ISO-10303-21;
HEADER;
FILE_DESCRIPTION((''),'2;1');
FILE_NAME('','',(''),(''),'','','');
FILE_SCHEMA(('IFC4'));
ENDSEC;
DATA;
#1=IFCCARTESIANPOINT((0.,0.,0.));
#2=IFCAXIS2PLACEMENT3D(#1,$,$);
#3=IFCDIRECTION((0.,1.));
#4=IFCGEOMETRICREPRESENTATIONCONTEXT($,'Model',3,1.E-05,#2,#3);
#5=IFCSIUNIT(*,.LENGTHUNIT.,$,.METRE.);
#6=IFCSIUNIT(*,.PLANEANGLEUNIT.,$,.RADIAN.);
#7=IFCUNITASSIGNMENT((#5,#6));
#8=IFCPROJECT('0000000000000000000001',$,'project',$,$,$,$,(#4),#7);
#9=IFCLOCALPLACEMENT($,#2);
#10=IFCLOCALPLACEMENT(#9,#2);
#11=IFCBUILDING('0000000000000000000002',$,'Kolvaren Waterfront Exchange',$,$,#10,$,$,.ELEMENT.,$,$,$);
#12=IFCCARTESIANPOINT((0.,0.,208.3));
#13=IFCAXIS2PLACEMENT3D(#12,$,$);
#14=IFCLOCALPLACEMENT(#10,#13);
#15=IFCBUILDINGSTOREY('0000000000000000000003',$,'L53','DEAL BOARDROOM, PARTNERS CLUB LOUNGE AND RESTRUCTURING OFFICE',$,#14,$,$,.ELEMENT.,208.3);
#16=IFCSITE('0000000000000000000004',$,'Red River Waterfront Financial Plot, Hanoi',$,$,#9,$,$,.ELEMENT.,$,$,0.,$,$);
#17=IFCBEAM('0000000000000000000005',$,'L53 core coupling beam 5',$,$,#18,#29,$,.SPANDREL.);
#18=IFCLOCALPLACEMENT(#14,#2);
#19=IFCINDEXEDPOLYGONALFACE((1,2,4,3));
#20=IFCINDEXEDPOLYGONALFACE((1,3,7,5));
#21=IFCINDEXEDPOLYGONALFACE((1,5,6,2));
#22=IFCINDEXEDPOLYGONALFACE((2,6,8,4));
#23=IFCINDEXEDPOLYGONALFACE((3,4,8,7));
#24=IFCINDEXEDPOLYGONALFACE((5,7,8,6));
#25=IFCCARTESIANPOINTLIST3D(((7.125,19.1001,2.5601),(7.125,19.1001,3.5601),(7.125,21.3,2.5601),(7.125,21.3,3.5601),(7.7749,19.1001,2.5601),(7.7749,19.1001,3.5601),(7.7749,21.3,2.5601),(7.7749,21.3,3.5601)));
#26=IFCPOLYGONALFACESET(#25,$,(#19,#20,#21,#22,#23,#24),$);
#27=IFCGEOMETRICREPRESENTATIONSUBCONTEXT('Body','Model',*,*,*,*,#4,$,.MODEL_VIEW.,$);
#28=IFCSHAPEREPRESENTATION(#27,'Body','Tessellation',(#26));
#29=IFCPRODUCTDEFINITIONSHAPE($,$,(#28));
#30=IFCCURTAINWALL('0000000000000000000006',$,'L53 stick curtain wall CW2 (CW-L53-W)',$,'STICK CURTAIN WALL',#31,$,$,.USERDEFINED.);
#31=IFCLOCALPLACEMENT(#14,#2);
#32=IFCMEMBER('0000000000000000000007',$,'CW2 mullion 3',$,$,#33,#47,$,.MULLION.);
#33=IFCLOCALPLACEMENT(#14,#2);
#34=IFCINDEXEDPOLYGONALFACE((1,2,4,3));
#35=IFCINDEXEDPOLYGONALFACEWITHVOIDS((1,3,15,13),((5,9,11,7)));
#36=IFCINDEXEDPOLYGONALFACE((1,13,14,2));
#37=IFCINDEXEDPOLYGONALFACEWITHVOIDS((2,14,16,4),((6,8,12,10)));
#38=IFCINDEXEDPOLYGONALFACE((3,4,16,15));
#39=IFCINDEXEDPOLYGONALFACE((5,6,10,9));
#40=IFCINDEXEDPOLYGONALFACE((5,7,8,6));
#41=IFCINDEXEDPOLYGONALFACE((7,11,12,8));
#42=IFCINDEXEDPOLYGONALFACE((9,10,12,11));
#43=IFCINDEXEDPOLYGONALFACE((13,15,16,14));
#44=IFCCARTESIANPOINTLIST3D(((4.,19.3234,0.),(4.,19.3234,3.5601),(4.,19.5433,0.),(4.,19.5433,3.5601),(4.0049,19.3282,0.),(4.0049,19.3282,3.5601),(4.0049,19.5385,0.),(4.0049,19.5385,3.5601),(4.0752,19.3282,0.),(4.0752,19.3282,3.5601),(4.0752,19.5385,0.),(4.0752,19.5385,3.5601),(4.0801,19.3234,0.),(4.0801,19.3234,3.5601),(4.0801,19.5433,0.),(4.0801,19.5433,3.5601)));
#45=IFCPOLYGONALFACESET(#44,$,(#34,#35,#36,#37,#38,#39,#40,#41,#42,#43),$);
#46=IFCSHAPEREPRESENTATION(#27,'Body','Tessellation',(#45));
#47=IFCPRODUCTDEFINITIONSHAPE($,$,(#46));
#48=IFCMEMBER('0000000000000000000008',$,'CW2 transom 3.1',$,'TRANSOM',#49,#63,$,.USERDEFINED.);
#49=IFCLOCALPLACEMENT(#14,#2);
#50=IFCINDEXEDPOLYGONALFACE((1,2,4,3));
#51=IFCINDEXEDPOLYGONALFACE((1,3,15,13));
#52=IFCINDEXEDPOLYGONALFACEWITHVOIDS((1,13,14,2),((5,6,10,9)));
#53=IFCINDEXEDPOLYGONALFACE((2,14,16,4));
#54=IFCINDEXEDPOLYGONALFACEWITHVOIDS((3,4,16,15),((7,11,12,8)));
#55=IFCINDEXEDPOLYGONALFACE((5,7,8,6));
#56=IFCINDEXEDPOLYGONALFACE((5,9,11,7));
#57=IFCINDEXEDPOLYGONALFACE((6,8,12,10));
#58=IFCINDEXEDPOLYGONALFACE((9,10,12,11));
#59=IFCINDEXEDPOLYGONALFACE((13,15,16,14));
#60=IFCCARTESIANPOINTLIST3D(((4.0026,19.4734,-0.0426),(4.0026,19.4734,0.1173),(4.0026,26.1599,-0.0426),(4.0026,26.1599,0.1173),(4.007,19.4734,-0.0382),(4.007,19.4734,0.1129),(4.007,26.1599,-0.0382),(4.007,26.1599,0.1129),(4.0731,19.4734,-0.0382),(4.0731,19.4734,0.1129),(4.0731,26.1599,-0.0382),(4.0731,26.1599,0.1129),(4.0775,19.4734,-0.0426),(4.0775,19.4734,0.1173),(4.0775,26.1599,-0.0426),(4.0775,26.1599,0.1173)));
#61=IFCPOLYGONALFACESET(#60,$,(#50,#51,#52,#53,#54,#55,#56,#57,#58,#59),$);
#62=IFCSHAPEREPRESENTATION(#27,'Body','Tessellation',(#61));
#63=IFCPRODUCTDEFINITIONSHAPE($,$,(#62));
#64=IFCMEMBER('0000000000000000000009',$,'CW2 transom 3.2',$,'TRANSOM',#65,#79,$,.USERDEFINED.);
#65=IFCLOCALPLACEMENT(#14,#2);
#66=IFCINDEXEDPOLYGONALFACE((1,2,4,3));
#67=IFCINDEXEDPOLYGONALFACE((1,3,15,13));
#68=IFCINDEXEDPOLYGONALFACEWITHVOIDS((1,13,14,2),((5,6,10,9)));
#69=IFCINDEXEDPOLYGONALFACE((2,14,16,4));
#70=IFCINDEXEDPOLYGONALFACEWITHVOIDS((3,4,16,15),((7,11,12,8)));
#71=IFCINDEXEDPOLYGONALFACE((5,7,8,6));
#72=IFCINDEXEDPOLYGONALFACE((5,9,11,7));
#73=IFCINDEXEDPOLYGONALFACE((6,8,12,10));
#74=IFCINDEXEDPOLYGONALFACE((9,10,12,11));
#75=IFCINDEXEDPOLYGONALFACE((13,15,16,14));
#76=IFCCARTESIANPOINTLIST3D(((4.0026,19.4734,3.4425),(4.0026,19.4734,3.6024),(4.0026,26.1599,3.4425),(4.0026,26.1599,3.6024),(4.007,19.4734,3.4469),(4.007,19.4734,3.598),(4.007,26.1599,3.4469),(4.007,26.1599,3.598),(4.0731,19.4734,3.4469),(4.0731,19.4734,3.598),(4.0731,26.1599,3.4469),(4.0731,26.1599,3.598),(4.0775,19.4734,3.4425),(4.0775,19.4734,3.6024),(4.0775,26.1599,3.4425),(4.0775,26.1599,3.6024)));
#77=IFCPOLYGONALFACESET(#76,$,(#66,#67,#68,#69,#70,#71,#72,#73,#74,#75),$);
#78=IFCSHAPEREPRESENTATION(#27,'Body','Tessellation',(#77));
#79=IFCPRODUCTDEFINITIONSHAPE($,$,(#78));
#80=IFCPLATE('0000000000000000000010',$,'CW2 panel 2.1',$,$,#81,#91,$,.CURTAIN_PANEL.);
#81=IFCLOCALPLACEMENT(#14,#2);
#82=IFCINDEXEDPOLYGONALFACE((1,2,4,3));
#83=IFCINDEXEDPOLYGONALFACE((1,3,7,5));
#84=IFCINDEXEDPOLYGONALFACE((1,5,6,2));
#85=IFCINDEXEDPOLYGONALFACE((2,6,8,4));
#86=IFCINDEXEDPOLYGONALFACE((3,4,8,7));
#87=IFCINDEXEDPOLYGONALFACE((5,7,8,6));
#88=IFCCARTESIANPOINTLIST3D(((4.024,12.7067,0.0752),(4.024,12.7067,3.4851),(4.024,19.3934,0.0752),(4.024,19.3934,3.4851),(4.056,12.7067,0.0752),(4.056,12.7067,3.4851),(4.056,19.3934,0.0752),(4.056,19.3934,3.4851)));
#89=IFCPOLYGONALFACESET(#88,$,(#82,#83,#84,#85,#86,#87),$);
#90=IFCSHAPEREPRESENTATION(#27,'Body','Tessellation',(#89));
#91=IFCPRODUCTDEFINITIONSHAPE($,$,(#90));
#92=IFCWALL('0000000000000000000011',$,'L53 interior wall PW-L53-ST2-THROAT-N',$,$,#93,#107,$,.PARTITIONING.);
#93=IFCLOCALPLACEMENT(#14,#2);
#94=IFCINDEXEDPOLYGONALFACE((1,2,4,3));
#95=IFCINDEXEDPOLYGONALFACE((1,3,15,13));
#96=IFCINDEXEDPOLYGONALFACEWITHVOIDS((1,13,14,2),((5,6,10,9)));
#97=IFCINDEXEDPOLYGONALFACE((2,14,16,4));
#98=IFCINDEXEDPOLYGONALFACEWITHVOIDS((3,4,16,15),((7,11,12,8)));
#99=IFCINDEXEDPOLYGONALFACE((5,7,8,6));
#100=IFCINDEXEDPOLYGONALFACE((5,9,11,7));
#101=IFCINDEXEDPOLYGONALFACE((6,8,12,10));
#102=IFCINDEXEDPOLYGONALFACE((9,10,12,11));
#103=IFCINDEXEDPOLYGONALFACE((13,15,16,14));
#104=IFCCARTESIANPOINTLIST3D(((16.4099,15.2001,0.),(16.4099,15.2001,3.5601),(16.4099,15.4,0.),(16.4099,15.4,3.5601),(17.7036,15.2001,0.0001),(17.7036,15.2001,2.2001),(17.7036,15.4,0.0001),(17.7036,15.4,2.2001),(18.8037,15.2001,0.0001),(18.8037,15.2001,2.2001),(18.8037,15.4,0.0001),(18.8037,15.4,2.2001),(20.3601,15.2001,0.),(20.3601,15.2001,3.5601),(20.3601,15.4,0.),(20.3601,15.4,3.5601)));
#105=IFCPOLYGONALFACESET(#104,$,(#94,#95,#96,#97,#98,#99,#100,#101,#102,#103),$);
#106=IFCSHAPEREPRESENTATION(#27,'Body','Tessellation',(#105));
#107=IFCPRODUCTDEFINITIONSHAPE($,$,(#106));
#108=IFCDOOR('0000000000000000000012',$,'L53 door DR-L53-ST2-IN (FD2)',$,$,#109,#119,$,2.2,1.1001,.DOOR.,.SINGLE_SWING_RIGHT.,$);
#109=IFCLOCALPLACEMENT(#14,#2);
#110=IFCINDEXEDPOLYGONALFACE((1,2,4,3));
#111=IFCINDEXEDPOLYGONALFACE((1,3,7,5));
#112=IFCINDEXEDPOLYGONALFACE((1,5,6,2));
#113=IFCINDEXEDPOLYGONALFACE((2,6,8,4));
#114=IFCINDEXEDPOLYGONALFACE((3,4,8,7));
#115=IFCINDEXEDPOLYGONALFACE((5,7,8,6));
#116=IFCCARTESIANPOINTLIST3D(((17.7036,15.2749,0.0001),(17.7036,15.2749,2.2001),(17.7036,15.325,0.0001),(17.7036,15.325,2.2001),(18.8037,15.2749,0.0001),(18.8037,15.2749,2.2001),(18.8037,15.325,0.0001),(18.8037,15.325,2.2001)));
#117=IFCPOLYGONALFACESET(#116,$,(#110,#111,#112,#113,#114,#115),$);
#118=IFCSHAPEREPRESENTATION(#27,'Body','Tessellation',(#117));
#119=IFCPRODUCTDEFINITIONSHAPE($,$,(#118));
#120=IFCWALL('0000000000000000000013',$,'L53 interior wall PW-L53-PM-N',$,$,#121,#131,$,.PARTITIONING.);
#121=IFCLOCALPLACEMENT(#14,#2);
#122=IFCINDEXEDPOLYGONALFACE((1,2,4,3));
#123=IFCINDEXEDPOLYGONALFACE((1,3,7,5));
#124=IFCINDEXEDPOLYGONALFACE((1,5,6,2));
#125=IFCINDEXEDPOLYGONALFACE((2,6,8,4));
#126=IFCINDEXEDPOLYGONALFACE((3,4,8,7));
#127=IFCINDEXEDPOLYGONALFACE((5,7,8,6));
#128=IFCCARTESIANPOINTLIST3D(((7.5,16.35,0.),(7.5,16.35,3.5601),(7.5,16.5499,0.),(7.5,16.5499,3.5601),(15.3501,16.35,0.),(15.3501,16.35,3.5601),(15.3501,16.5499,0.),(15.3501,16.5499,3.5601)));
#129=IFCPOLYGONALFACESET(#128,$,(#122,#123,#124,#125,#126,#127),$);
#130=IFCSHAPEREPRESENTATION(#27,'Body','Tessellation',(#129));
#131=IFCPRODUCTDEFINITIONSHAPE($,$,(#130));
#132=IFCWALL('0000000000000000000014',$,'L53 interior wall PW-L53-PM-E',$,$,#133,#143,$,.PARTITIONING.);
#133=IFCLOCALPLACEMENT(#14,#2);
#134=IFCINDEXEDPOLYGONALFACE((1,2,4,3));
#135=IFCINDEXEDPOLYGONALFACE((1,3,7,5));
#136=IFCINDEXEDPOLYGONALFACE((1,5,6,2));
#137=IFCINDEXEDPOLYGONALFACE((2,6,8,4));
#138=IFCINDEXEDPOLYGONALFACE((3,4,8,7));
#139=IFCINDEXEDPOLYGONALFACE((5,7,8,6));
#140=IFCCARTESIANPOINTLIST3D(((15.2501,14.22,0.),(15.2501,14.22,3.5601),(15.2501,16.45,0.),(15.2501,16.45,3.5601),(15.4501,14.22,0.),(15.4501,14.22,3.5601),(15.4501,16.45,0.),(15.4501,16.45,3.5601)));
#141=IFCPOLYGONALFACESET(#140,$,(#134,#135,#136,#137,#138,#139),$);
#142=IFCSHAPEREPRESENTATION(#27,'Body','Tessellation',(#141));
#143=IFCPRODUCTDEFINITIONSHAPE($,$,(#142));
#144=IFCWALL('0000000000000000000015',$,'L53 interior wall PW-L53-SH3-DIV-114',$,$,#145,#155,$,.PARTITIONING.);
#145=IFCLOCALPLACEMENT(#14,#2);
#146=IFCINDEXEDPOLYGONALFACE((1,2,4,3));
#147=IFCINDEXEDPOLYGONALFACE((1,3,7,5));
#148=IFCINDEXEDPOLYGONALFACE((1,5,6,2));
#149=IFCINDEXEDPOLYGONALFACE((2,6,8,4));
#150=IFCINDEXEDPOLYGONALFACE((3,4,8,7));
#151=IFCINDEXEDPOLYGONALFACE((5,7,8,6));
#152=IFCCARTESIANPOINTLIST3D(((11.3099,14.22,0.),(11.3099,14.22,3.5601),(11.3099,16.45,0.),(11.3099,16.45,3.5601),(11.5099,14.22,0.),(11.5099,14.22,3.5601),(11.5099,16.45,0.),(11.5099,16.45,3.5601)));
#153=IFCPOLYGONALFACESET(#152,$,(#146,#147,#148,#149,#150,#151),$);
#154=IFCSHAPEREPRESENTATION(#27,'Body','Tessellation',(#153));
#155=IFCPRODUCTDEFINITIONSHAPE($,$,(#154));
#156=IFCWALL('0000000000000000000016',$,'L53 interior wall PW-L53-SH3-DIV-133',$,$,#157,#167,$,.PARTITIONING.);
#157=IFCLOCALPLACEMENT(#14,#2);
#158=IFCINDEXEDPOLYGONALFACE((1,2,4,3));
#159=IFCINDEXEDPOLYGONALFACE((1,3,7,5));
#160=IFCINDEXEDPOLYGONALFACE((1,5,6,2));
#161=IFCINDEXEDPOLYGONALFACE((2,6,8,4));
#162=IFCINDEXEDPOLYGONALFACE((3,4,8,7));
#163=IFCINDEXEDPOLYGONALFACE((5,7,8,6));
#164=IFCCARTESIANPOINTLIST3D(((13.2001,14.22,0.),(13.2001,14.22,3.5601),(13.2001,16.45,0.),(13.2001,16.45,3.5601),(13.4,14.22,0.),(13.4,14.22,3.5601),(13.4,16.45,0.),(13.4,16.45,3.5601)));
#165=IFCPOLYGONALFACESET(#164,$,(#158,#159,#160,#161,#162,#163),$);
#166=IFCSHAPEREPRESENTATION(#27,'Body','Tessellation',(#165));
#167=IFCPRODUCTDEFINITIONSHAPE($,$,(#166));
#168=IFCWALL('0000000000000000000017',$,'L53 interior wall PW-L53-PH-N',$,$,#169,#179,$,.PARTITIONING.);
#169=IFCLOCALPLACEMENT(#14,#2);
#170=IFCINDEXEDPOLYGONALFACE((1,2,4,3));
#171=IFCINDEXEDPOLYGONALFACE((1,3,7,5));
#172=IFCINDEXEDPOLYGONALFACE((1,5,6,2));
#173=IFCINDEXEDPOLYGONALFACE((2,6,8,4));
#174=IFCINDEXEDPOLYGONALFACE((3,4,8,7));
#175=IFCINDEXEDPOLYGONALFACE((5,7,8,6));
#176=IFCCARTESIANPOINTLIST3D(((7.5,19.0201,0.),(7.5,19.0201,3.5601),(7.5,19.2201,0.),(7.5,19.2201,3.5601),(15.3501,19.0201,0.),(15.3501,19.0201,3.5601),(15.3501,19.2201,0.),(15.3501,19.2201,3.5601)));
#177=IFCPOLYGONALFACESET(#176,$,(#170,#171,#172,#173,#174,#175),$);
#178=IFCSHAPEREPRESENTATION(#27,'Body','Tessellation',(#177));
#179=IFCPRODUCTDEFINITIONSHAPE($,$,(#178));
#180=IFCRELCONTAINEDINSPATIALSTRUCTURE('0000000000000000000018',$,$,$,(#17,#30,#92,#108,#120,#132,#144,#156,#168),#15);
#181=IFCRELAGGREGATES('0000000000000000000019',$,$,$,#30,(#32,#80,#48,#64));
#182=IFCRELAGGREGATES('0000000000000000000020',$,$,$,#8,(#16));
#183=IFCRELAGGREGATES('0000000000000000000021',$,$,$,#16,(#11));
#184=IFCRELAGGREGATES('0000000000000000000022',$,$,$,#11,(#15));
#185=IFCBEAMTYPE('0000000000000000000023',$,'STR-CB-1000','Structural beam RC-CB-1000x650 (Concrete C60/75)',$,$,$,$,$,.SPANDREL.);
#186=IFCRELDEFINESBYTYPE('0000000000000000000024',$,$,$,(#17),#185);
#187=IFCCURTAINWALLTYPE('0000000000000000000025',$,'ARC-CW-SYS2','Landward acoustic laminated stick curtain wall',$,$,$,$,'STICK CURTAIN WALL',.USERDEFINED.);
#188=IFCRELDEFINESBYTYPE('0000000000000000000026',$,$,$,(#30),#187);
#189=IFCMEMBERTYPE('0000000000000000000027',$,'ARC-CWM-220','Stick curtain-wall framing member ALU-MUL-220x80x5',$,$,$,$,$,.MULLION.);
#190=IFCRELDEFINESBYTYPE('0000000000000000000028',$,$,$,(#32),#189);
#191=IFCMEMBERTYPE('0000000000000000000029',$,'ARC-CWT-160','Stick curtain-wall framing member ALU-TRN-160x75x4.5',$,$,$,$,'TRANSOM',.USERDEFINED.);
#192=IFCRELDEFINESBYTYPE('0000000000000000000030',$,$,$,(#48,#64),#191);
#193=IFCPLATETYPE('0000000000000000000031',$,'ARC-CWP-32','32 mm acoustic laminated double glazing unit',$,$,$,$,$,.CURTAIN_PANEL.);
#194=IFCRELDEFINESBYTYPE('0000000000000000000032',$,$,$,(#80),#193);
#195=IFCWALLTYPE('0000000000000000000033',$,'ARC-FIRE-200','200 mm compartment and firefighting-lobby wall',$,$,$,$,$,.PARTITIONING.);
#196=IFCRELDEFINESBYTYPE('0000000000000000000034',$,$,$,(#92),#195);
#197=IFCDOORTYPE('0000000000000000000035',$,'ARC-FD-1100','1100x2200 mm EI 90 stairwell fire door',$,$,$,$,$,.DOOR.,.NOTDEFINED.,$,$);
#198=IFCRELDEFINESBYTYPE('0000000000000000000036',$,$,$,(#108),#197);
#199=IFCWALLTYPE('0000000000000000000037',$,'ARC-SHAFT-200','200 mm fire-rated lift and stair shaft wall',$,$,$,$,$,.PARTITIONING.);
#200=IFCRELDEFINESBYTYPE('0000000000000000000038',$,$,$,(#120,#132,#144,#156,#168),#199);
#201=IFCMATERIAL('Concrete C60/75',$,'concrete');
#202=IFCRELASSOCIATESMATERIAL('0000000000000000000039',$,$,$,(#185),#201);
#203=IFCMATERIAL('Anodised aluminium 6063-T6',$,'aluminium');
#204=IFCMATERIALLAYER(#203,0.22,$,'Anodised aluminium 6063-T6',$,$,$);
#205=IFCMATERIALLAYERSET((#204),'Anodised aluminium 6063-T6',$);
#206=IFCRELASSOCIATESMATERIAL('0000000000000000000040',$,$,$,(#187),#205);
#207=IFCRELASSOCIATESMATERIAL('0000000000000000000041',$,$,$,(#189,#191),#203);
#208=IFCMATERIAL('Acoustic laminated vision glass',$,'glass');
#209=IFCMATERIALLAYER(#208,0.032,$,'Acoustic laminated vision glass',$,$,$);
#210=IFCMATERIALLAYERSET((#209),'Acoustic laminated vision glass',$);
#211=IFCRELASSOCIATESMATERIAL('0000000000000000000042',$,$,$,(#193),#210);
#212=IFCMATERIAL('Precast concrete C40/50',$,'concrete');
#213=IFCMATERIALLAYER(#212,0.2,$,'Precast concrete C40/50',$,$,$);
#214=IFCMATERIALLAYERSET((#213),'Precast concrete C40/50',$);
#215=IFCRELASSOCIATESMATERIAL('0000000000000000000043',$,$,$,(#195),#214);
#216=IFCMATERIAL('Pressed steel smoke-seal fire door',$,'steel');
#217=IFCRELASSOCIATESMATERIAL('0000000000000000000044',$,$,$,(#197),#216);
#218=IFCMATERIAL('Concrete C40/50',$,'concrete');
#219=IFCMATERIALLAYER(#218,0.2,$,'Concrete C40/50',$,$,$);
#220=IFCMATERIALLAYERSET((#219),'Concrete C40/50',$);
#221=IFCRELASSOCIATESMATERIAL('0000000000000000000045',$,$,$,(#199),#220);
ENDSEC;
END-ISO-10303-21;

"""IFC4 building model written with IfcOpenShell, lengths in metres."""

from ifc_helpers import new_model, si_unit, direction, frame, frame_2d, origin, origin_with_axes, origin_2d, place, context, subcontext, project, spatial, rectangle, hollow_rectangle, extrude, source, transform, mapped, material, layer, layer_set, material_profile, profile_set, type_object, element, fill, aggregate, save


model = new_model("IFC4")

# Units and contexts
model_context = context("Model", 3, precision=1e-05, world=origin(), true_north=direction((0.0, 1.0)))
body_context = subcontext(model_context, "Body", "Model", "MODEL_VIEW")
ifc_project = project(units=[si_unit("LENGTHUNIT", "METRE"), si_unit("PLANEANGLEUNIT", "RADIAN")], contexts=[model_context])

# Site, building, storey
site_placement = place(None, origin())
site = spatial("IfcSite", under=ifc_project, at=site_placement, Name="Red River Waterfront Financial Plot, Hanoi", CompositionType="ELEMENT", RefElevation=0.0)
building_placement = place(site_placement, origin())
building = spatial("IfcBuilding", under=site, at=building_placement, Name="Kolvaren Waterfront Exchange", CompositionType="ELEMENT")
storey_placement = place(building_placement, frame((0.0, 0.0, 208.3)))
storey = spatial("IfcBuildingStorey", under=building, at=storey_placement, Name="L53", Description="DEAL BOARDROOM, PARTNERS CLUB LOUNGE AND RESTRUCTURING OFFICE", CompositionType="ELEMENT", Elevation=208.3)

# Beam
ifc_material_1 = material(Name="Concrete C60/75", Category="concrete")
ifc_material_profile_1 = material_profile(ifc_material_1, rectangle(XDim=0.6499, YDim=1.0, at=origin_2d()), Name="RC-CB-1000x650")
ifc_profile_set_1 = profile_set([ifc_material_profile_1], Name="Concrete C60/75")
beam_type = type_object("IfcBeamType", Name="STR-CB-1000", Description="Structural beam RC-CB-1000x650 (Concrete C60/75)", PredefinedType="SPANDREL", material=ifc_profile_set_1)
beam_placement = place(storey_placement, frame((7.45, 19.1001, 3.0601), z_axis=(0.0, 1.0, 0.0), x_axis=(-1.0, 0.0, 0.0)))
element("IfcBeam", 1, at=beam_placement, inside=storey, type_object=beam_type, Name="L53 core coupling beam 5", PredefinedType="SPANDREL", context=body_context, shape_type="SweptSolid", body=[
    extrude(rectangle(XDim=0.6499, YDim=1.0, at=origin_2d()), origin(), (0.0, 0.0, 1.0), 2.2),
])

# Curtain wall, members, plate
ifc_material_2 = material(Name="Anodised aluminium 6063-T6", Category="aluminium")
ifc_layer_1 = layer(ifc_material_2, 0.22, Name="Anodised aluminium 6063-T6")
ifc_layer_set_1 = layer_set([ifc_layer_1], Name="Anodised aluminium 6063-T6")
curtain_wall_type = type_object("IfcCurtainWallType", Name="ARC-CW-SYS2", Description="Landward acoustic laminated stick curtain wall", ElementType="STICK CURTAIN WALL", PredefinedType="USERDEFINED", material=ifc_layer_set_1)
curtain_wall_placement = place(storey_placement, origin())
curtain_wall = element("IfcCurtainWall", 2, at=curtain_wall_placement, inside=storey, type_object=curtain_wall_type, Name="L53 stick curtain wall CW2 (CW-L53-W)", ObjectType="STICK CURTAIN WALL", PredefinedType="USERDEFINED")
ifc_material_profile_2 = material_profile(ifc_material_2, hollow_rectangle(XDim=0.0801, YDim=0.22, WallThickness=0.0049, at=origin_2d()), Name="ALU-MUL-220x80x5")
ifc_profile_set_2 = profile_set([ifc_material_profile_2], Name="Anodised aluminium 6063-T6")
member_type_1 = type_object("IfcMemberType", Name="ARC-CWM-220", Description="Stick curtain-wall framing member ALU-MUL-220x80x5", PredefinedType="MULLION", material=ifc_profile_set_2)
shared_shape_1 = source(origin_with_axes(), body_context, "Body", "SweptSolid", [
    extrude(hollow_rectangle(XDim=0.0801, YDim=0.22, WallThickness=0.0049, at=origin_2d()), origin(), (0.0, 0.0, 1.0), 3.5601),
])
member_1_placement = place(storey_placement, frame((4.04, 19.4333, 0.0), z_axis=(0.0, 0.0, 1.0), x_axis=(-1.0, 0.0, 0.0)))
member_1 = element("IfcMember", 3, at=member_1_placement, type_object=member_type_1, Name="CW2 mullion 3", PredefinedType="MULLION", context=body_context, shape_type="MappedRepresentation", body=[
    mapped(shared_shape_1, transform((0.0, 0.0, 0.0), x_axis=(1.0, 0.0, 0.0), y_axis=(0.0, 1.0, 0.0), z_axis=(0.0, 0.0, 1.0), scale=1.0)),
])
ifc_material_profile_3 = material_profile(ifc_material_2, hollow_rectangle(XDim=0.075, YDim=0.1599, WallThickness=0.0044, at=origin_2d()), Name="ALU-TRN-160x75x4.5")
ifc_profile_set_3 = profile_set([ifc_material_profile_3], Name="Anodised aluminium 6063-T6")
member_type_2 = type_object("IfcMemberType", Name="ARC-CWT-160", Description="Stick curtain-wall framing member ALU-TRN-160x75x4.5", ElementType="TRANSOM", PredefinedType="USERDEFINED", material=ifc_profile_set_3)
shared_shape_2 = source(origin_with_axes(), body_context, "Body", "SweptSolid", [
    extrude(hollow_rectangle(XDim=0.075, YDim=0.1599, WallThickness=0.0044, at=origin_2d()), origin(), (0.0, 0.0, 1.0), 6.6865),
])
member_2_placement = place(storey_placement, frame((4.04, 19.4734, 0.0374), z_axis=(0.0, 1.0, 0.0), x_axis=(-1.0, 0.0, 0.0)))
member_2 = element("IfcMember", 4, at=member_2_placement, type_object=member_type_2, Name="CW2 transom 3.1", ObjectType="TRANSOM", PredefinedType="USERDEFINED", context=body_context, shape_type="MappedRepresentation", body=[
    mapped(shared_shape_2, transform((0.0, 0.0, 0.0), x_axis=(1.0, 0.0, 0.0), y_axis=(0.0, 1.0, 0.0), z_axis=(0.0, 0.0, 1.0), scale=1.0)),
])
member_3_placement = place(storey_placement, frame((4.04, 19.4734, 3.5225), z_axis=(0.0, 1.0, 0.0), x_axis=(-1.0, 0.0, 0.0)))
member_3 = element("IfcMember", 5, at=member_3_placement, type_object=member_type_2, Name="CW2 transom 3.2", ObjectType="TRANSOM", PredefinedType="USERDEFINED", context=body_context, shape_type="MappedRepresentation", body=[
    mapped(shared_shape_2, transform((0.0, 0.0, 0.0), x_axis=(1.0, 0.0, 0.0), y_axis=(0.0, 1.0, 0.0), z_axis=(0.0, 0.0, 1.0), scale=1.0)),
])
ifc_material_3 = material(Name="Acoustic laminated vision glass", Category="glass")
ifc_layer_2 = layer(ifc_material_3, 0.032, Name="Acoustic laminated vision glass")
ifc_layer_set_2 = layer_set([ifc_layer_2], Name="Acoustic laminated vision glass")
plate_type = type_object("IfcPlateType", Name="ARC-CWP-32", Description="32 mm acoustic laminated double glazing unit", PredefinedType="CURTAIN_PANEL", material=ifc_layer_set_2)
shared_shape_3 = source(origin_with_axes(), body_context, "Body", "SweptSolid", [
    extrude(rectangle(XDim=6.6868, YDim=0.032, at=origin_2d()), origin(), (0.0, 0.0, 1.0), 3.4099),
])
plate_placement = place(storey_placement, frame((4.04, 16.05, 0.0752), z_axis=(0.0, 0.0, 1.0), x_axis=(0.0, 1.0, 0.0)))
plate = element("IfcPlate", 6, at=plate_placement, type_object=plate_type, Name="CW2 panel 2.1", PredefinedType="CURTAIN_PANEL", context=body_context, shape_type="MappedRepresentation", body=[
    mapped(shared_shape_3, transform((0.0, 0.0, 0.0), x_axis=(1.0, 0.0, 0.0), y_axis=(0.0, 1.0, 0.0), z_axis=(0.0, 0.0, 1.0), scale=1.0)),
])
aggregate(curtain_wall, [member_1, plate, member_2, member_3])

# Wall, opening, door
ifc_material_4 = material(Name="Precast concrete C40/50", Category="concrete")
ifc_layer_3 = layer(ifc_material_4, 0.2, Name="Precast concrete C40/50")
ifc_layer_set_3 = layer_set([ifc_layer_3], Name="Precast concrete C40/50")
wall_type_1 = type_object("IfcWallType", Name="ARC-FIRE-200", Description="200 mm compartment and firefighting-lobby wall", PredefinedType="PARTITIONING", material=ifc_layer_set_3)
wall_1_placement = place(storey_placement, frame((16.4099, 15.3, 0.0), z_axis=(0.0, 0.0, 1.0), x_axis=(1.0, 0.0, 0.0)))
wall_1 = element("IfcWall", 7, at=wall_1_placement, inside=storey, type_object=wall_type_1, Name="L53 interior wall PW-L53-ST2-THROAT-N", PredefinedType="PARTITIONING", context=body_context, shape_type="SweptSolid", body=[
    extrude(rectangle(XDim=3.9502, YDim=0.2, at=frame_2d((1.9751, 0.0))), origin(), (0.0, 0.0, 1.0), 3.5601),
])
opening_placement = place(wall_1_placement, frame((1.2937, 0.0, 0.0)))
opening = element("IfcOpeningElement", 8, at=opening_placement, cuts=wall_1, PredefinedType="OPENING", context=body_context, shape_type="SweptSolid", body=[
    extrude(rectangle(XDim=1.1001, YDim=2.2, at=frame_2d((0.55, 1.1001))), frame((0.0, 0.1099, 0.0), z_axis=(0.0, -1.0, 0.0), x_axis=(1.0, 0.0, 0.0)), (0.0, 0.0, 1.0), 0.22),
])
ifc_material_5 = material(Name="Pressed steel smoke-seal fire door", Category="steel")
door_type = type_object("IfcDoorType", Name="ARC-FD-1100", Description="1100x2200 mm EI 90 stairwell fire door", OperationType="NOTDEFINED", PredefinedType="DOOR", material=ifc_material_5)
door_placement = place(opening_placement, origin())
door = element("IfcDoor", 9, at=door_placement, inside=storey, type_object=door_type, Name="L53 door DR-L53-ST2-IN (FD2)", OperationType="SINGLE_SWING_RIGHT", OverallHeight=2.2, OverallWidth=1.1001, PredefinedType="DOOR", context=body_context, shape_type="SweptSolid", body=[
    extrude(rectangle(XDim=1.1001, YDim=2.2, at=frame_2d((0.55, 1.1001))), frame((0.0, 0.0249, 0.0), z_axis=(0.0, -1.0, 0.0), x_axis=(1.0, 0.0, 0.0)), (0.0, 0.0, 1.0), 0.05),
])
fill(opening, door)

# Walls
ifc_material_6 = material(Name="Concrete C40/50", Category="concrete")
ifc_layer_4 = layer(ifc_material_6, 0.2, Name="Concrete C40/50")
ifc_layer_set_4 = layer_set([ifc_layer_4], Name="Concrete C40/50")
wall_type_2 = type_object("IfcWallType", Name="ARC-SHAFT-200", Description="200 mm fire-rated lift and stair shaft wall", PredefinedType="PARTITIONING", material=ifc_layer_set_4)
wall_2_placement = place(storey_placement, frame((7.5, 16.45, 0.0), z_axis=(0.0, 0.0, 1.0), x_axis=(1.0, 0.0, 0.0)))
element("IfcWall", 10, at=wall_2_placement, inside=storey, type_object=wall_type_2, Name="L53 interior wall PW-L53-PM-N", PredefinedType="PARTITIONING", context=body_context, shape_type="SweptSolid", body=[
    extrude(rectangle(XDim=7.8501, YDim=0.2, at=frame_2d((3.925, 0.0))), origin(), (0.0, 0.0, 1.0), 3.5601),
])
for number, where, z_axis, x_axis, name in (
    (11, (15.3501, 14.22, 0.0), (0.0, 0.0, 1.0), (0.0, 1.0, 0.0), "L53 interior wall PW-L53-PM-E"),
    (12, (11.4099, 14.22, 0.0), (0.0, 0.0, 1.0), (0.0, 1.0, 0.0), "L53 interior wall PW-L53-SH3-DIV-114"),
    (13, (13.3, 14.22, 0.0), (0.0, 0.0, 1.0), (0.0, 1.0, 0.0), "L53 interior wall PW-L53-SH3-DIV-133"),
):
    element("IfcWall", number, at=place(storey_placement, frame(where, z_axis=z_axis, x_axis=x_axis)), inside=storey, type_object=wall_type_2, Name=name, PredefinedType="PARTITIONING", context=body_context, shape_type="SweptSolid", body=[
        extrude(rectangle(XDim=2.23, YDim=0.2, at=frame_2d((1.115, 0.0))), origin(), (0.0, 0.0, 1.0), 3.5601),
    ])
wall_3_placement = place(storey_placement, frame((7.5, 19.1201, 0.0), z_axis=(0.0, 0.0, 1.0), x_axis=(1.0, 0.0, 0.0)))
element("IfcWall", 14, at=wall_3_placement, inside=storey, type_object=wall_type_2, Name="L53 interior wall PW-L53-PH-N", PredefinedType="PARTITIONING", context=body_context, shape_type="SweptSolid", body=[
    extrude(rectangle(XDim=7.8501, YDim=0.2, at=frame_2d((3.925, 0.0))), origin(), (0.0, 0.0, 1.0), 3.5601),
])

save(model, "model.ifc")
